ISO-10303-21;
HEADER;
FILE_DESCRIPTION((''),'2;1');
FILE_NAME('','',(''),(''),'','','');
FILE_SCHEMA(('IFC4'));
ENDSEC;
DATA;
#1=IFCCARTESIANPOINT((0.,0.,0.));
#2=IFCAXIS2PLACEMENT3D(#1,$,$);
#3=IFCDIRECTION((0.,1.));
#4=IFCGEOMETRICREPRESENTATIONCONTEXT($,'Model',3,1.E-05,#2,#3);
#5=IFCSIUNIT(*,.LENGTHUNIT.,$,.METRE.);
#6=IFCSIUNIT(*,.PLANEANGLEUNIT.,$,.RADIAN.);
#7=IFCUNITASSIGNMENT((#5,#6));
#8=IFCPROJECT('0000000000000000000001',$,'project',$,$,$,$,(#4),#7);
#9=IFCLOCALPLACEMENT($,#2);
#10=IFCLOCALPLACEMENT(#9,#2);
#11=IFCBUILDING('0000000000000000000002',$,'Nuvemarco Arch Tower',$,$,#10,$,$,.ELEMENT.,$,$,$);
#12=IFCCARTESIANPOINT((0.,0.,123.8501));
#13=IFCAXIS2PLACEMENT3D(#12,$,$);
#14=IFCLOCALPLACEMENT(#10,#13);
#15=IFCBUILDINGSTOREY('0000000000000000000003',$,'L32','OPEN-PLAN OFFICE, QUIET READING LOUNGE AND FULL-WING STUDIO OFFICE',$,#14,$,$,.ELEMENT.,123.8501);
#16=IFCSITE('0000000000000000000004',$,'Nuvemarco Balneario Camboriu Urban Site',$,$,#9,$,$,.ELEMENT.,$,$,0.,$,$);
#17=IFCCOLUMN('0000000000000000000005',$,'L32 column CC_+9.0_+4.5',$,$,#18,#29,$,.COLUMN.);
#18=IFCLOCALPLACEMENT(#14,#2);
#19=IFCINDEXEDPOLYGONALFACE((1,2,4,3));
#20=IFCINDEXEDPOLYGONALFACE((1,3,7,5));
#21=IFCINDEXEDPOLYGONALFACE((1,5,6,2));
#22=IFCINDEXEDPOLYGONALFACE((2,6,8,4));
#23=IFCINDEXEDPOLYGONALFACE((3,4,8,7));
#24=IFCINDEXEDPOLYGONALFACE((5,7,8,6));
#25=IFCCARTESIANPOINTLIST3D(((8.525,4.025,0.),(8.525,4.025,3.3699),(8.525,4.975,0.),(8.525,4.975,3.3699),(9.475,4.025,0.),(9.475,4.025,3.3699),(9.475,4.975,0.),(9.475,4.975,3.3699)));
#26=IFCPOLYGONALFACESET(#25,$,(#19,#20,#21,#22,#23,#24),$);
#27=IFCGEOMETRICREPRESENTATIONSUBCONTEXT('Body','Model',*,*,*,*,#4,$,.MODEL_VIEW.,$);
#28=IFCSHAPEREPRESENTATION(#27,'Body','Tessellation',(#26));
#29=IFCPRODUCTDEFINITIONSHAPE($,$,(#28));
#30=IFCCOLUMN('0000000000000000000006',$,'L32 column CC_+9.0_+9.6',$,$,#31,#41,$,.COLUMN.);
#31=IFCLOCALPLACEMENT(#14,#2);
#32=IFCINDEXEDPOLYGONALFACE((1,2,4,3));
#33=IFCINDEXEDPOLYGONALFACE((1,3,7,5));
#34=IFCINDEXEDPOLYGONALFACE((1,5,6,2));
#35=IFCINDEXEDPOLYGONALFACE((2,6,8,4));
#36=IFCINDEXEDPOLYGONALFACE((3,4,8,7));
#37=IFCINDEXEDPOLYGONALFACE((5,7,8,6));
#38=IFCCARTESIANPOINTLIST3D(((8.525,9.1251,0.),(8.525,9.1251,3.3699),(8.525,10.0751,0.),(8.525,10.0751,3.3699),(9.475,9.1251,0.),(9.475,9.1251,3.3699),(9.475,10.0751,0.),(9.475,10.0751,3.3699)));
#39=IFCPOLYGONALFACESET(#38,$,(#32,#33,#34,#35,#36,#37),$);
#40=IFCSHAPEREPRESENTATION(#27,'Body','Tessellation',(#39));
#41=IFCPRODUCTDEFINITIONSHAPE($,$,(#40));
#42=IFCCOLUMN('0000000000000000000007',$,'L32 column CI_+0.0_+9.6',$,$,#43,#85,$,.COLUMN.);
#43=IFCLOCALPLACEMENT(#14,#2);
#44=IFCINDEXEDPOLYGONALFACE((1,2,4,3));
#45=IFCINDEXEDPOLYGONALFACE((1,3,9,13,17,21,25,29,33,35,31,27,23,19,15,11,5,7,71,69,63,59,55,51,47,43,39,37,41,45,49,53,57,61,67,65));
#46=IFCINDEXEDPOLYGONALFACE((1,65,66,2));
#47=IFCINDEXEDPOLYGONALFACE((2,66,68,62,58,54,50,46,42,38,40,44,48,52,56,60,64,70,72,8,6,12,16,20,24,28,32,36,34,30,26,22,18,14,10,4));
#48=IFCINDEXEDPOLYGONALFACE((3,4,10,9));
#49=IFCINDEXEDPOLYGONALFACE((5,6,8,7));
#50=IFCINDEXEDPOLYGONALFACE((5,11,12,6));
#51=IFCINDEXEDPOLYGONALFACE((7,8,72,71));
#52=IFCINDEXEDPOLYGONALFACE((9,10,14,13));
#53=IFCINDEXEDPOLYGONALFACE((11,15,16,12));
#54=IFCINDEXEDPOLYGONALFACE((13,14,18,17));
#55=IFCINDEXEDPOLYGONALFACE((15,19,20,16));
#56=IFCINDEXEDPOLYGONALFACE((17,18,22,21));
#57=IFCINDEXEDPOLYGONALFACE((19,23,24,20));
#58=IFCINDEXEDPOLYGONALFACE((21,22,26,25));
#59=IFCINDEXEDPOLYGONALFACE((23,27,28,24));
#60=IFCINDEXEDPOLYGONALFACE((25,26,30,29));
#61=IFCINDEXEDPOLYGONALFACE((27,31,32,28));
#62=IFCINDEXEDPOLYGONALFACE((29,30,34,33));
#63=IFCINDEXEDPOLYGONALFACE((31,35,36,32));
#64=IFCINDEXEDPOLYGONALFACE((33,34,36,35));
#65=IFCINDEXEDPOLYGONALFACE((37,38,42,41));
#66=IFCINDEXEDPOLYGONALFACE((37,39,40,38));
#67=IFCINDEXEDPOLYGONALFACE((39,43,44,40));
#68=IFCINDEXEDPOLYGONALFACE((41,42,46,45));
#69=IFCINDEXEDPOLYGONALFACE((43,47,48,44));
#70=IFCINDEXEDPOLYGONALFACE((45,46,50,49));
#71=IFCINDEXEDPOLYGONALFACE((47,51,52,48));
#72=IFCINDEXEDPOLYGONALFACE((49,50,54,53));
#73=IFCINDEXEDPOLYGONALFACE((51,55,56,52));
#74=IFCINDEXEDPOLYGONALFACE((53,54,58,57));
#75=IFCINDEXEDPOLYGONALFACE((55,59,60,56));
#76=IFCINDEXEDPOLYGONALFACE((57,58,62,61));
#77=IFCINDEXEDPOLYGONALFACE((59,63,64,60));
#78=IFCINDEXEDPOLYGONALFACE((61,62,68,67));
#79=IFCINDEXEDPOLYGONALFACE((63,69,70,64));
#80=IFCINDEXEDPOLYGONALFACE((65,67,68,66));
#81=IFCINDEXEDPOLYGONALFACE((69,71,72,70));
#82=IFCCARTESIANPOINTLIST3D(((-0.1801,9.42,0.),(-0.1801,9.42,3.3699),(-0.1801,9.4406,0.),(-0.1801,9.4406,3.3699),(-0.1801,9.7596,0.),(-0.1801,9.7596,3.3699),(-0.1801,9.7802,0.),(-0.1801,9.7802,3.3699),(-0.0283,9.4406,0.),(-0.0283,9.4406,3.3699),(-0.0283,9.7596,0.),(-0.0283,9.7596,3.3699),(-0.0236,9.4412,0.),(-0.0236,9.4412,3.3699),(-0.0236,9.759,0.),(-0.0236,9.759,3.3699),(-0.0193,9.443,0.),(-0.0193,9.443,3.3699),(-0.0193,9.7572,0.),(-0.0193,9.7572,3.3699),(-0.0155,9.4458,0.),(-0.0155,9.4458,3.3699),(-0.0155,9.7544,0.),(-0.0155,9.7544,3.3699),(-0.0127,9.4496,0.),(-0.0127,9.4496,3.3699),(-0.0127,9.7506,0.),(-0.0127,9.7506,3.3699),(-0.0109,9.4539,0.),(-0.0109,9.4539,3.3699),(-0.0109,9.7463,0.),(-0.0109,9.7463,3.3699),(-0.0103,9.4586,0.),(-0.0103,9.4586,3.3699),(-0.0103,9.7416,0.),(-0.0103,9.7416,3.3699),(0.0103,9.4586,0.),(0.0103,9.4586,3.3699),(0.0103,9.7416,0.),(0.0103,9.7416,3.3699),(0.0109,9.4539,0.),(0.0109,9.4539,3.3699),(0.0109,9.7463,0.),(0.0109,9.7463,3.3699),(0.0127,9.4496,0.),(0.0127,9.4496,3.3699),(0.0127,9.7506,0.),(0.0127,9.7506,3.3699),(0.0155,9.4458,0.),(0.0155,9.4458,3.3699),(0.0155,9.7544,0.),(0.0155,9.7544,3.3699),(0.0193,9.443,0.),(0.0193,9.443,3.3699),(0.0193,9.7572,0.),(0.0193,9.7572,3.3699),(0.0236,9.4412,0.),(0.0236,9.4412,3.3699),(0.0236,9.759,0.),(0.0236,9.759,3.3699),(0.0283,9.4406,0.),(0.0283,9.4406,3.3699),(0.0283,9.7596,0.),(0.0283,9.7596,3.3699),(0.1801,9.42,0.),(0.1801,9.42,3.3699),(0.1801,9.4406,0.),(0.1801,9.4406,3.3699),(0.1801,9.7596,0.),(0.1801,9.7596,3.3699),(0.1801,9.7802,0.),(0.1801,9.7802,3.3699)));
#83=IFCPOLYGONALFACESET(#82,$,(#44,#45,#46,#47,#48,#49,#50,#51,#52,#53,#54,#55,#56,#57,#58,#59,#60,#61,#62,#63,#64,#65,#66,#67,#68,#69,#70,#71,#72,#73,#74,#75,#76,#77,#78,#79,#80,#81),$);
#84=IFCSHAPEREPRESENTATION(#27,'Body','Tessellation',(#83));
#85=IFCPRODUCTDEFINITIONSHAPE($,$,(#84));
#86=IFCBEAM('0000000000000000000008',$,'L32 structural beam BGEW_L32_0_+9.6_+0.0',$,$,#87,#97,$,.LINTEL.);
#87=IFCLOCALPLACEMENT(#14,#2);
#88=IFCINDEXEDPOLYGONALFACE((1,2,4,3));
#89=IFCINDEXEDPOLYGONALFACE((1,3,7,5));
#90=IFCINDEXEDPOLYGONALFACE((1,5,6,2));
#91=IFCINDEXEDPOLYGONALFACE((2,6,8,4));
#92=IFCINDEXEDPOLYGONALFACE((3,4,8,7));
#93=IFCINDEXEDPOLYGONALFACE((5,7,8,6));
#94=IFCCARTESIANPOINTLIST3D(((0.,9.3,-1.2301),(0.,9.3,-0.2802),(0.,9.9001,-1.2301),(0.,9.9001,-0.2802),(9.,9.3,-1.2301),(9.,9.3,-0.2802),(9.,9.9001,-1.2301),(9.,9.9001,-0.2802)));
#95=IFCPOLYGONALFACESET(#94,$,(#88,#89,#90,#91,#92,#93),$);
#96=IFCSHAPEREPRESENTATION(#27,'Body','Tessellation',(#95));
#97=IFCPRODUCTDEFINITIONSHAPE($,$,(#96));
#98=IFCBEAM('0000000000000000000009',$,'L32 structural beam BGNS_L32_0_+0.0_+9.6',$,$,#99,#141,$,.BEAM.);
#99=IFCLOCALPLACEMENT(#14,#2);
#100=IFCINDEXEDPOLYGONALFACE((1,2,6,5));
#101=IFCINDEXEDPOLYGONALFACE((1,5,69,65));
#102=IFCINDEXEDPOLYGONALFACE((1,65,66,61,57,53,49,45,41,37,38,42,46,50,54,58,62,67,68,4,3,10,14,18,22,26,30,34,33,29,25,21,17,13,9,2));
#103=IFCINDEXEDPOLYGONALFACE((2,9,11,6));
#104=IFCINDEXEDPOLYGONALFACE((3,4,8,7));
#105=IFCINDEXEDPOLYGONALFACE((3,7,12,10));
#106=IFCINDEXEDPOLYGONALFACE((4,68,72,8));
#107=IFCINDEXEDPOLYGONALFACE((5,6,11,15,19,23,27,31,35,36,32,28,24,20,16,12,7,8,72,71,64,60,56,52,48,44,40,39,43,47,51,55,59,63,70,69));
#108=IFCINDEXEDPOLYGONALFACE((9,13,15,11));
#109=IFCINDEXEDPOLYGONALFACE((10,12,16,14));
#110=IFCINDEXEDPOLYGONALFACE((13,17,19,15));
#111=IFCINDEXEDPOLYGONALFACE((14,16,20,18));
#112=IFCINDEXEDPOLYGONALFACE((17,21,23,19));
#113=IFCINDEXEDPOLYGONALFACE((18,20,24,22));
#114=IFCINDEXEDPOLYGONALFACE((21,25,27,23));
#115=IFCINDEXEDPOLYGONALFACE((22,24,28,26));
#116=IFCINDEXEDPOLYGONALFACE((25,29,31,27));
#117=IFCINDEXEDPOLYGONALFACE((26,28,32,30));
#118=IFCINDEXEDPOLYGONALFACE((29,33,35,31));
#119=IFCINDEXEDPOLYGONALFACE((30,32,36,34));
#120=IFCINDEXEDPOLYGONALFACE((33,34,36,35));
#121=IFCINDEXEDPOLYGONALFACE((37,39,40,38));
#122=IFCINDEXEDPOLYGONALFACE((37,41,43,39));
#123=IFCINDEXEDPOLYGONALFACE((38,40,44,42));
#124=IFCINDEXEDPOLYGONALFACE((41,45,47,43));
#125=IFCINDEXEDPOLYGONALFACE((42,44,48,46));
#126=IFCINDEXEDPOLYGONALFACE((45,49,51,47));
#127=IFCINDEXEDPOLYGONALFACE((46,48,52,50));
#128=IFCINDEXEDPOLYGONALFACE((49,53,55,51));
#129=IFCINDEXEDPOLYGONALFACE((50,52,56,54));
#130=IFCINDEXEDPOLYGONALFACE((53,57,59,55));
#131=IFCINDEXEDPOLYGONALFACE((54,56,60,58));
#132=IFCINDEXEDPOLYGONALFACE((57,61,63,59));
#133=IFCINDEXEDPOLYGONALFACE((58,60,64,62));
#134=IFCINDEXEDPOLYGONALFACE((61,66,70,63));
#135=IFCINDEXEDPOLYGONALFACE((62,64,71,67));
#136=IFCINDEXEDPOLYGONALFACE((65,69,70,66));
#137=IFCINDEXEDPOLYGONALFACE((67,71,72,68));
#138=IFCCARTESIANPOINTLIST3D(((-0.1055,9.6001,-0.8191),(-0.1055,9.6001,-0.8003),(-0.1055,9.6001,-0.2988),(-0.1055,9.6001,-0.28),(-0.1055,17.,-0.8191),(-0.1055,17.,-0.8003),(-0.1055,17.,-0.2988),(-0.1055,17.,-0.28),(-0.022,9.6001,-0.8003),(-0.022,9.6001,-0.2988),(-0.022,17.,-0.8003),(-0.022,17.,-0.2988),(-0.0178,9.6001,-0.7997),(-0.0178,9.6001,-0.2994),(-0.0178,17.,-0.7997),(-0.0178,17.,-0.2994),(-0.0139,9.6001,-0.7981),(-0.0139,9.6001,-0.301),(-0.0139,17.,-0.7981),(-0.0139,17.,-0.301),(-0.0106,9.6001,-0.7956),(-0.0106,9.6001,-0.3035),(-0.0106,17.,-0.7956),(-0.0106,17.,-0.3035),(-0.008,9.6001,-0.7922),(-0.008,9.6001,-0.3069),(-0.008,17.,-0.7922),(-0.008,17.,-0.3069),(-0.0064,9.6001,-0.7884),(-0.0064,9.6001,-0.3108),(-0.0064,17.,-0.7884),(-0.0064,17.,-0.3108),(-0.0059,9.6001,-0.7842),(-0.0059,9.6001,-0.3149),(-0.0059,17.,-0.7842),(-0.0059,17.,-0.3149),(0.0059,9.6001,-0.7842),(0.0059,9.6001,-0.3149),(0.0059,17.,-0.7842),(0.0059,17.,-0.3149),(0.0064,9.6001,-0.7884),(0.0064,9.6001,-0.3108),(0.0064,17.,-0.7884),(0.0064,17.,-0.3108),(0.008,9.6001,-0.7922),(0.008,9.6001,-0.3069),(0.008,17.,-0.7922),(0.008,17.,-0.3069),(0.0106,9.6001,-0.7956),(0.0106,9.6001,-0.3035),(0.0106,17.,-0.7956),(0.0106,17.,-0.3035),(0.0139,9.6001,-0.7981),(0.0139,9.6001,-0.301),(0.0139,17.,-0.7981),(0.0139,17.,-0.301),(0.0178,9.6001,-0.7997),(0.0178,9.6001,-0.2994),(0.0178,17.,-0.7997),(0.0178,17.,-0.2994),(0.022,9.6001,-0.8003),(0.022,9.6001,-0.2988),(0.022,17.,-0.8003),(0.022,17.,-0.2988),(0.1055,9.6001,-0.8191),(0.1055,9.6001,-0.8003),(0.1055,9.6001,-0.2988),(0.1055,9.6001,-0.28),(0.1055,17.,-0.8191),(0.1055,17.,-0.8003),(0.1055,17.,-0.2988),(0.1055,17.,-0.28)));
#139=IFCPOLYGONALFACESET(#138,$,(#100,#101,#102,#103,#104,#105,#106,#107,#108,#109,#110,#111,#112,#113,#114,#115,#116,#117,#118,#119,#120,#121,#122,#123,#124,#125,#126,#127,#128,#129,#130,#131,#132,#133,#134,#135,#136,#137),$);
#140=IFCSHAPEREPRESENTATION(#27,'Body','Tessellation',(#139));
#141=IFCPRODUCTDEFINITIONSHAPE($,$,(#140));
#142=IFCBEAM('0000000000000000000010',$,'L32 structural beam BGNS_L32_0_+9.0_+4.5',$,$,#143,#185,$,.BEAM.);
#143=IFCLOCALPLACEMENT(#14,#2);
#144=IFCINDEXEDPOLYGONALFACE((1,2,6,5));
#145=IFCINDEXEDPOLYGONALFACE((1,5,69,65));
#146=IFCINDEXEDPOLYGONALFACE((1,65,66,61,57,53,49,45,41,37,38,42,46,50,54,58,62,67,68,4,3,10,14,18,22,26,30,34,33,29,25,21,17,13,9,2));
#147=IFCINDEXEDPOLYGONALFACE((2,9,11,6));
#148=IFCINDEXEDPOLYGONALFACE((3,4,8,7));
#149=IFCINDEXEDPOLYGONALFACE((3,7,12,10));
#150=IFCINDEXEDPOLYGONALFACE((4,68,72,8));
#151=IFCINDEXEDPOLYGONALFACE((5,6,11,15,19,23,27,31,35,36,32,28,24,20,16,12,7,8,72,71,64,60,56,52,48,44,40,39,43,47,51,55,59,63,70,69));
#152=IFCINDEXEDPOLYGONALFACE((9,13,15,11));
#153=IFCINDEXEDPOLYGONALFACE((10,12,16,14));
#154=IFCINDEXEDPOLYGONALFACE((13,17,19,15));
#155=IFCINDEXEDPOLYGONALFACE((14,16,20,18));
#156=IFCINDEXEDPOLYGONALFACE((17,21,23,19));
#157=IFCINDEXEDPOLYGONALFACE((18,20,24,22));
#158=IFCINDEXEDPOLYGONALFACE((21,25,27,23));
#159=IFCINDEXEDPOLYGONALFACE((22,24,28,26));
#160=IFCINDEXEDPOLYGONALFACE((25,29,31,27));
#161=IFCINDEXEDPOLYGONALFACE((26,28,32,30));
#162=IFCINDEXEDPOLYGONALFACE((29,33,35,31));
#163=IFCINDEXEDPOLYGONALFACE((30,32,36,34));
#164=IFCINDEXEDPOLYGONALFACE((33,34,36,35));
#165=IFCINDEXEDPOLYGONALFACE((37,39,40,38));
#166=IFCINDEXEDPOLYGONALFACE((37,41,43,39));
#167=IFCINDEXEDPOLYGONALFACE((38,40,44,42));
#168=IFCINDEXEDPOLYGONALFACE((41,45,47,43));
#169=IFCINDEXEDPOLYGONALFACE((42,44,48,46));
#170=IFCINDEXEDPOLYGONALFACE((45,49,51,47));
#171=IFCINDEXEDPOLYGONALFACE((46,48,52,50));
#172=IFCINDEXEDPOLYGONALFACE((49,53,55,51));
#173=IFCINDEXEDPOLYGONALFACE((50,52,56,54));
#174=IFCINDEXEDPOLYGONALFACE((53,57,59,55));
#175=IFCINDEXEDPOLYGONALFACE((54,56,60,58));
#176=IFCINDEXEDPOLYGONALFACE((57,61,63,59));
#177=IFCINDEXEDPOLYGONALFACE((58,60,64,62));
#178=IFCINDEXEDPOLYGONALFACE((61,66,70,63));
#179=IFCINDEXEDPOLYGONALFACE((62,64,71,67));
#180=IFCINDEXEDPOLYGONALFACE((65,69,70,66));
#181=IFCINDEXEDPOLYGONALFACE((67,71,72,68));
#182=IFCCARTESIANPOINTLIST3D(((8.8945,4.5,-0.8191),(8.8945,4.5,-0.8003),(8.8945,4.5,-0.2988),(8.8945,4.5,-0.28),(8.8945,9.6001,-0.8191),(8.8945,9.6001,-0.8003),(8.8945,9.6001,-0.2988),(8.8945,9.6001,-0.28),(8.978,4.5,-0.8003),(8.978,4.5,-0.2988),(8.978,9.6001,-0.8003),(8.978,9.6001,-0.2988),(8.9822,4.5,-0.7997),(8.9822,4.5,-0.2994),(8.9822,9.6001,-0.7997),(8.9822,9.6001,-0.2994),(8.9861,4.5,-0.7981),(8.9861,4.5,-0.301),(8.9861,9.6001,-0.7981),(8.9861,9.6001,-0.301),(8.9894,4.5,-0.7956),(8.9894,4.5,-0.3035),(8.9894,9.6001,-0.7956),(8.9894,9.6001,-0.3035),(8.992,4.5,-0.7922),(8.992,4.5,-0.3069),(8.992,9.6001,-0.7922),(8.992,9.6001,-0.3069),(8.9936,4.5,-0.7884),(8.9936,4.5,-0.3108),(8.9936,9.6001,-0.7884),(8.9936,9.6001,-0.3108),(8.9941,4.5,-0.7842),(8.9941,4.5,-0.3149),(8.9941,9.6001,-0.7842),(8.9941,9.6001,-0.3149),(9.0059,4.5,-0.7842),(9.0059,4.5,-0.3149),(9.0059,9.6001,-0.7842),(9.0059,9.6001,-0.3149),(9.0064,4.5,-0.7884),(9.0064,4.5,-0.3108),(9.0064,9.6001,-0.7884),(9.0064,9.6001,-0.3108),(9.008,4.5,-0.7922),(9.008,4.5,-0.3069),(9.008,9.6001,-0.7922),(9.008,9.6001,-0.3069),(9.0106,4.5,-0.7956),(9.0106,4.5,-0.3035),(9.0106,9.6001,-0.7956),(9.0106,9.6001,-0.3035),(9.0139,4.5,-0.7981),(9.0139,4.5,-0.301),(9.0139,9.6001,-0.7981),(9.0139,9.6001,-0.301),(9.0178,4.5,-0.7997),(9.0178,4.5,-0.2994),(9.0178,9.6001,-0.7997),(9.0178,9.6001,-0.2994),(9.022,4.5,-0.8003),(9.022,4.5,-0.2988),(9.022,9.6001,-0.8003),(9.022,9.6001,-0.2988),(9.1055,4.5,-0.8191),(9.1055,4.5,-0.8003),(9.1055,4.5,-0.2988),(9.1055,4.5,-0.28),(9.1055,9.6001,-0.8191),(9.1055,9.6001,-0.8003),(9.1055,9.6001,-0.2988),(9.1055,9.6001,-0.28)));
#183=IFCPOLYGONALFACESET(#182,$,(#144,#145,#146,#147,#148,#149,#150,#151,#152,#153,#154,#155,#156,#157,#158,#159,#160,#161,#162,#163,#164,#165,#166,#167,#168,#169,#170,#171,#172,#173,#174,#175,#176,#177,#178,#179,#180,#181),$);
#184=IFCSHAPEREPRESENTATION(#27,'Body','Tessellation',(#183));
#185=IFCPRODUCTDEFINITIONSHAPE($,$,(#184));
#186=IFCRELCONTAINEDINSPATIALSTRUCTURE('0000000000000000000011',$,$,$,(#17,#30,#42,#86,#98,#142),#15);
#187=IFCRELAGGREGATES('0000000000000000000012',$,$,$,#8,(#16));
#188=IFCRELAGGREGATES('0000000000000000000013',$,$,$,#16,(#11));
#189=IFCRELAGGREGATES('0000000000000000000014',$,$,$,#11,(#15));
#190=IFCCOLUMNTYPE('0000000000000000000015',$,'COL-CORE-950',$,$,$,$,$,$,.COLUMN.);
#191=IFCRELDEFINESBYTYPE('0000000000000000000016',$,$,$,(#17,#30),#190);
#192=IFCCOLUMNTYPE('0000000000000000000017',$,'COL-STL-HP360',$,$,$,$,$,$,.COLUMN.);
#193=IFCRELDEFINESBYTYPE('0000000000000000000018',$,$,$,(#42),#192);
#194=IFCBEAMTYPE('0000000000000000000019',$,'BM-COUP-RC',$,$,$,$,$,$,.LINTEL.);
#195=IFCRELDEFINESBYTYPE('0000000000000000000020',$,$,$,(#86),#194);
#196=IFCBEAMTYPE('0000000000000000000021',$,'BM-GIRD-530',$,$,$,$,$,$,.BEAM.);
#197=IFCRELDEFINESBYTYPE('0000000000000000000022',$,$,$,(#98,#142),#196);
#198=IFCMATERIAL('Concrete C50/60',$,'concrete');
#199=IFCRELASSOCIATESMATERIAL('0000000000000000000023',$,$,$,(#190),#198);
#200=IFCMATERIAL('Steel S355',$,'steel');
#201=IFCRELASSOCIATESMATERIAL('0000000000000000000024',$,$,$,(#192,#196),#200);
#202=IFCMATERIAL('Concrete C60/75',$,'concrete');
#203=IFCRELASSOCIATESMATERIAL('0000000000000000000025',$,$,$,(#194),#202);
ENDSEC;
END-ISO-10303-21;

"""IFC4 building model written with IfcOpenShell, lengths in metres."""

from ifc_helpers import new_model, si_unit, direction, frame, origin, origin_2d, place, context, subcontext, project, spatial, rectangle, i_section, extrude, material, material_profile, profile_set, type_object, element, save


model = new_model("IFC4")

# Units and contexts
model_context = context("Model", 3, precision=1e-05, world=origin(), true_north=direction((0.0, 1.0)))
body_context = subcontext(model_context, "Body", "Model", "MODEL_VIEW")
ifc_project = project(units=[si_unit("LENGTHUNIT", "METRE"), si_unit("PLANEANGLEUNIT", "RADIAN")], contexts=[model_context])

# Site, building, storey
site_placement = place(None, origin())
site = spatial("IfcSite", under=ifc_project, at=site_placement, Name="Nuvemarco Balneario Camboriu Urban Site", CompositionType="ELEMENT", RefElevation=0.0)
building_placement = place(site_placement, origin())
building = spatial("IfcBuilding", under=site, at=building_placement, Name="Nuvemarco Arch Tower", CompositionType="ELEMENT")
storey_placement = place(building_placement, frame((0.0, 0.0, 123.8501)))
storey = spatial("IfcBuildingStorey", under=building, at=storey_placement, Name="L32", Description="OPEN-PLAN OFFICE, QUIET READING LOUNGE AND FULL-WING STUDIO OFFICE", CompositionType="ELEMENT", Elevation=123.8501)

# Columns
ifc_material_1 = material(Name="Concrete C50/60", Category="concrete")
ifc_material_profile_1 = material_profile(ifc_material_1, rectangle(XDim=0.95, YDim=0.95, at=origin_2d()), Name="RC-COL-950x950")
ifc_profile_set_1 = profile_set([ifc_material_profile_1], Name="Concrete C50/60")
column_type_1 = type_object("IfcColumnType", Name="COL-CORE-950", PredefinedType="COLUMN", material=ifc_profile_set_1)
for number, where, z_axis, x_axis, name in (
    (1, (9.0, 4.5, 0.0), (0.0, 0.0, 1.0), (1.0, 0.0, 0.0), "L32 column CC_+9.0_+4.5"),
    (2, (9.0, 9.6001, 0.0), (0.0, 0.0, 1.0), (1.0, 0.0, 0.0), "L32 column CC_+9.0_+9.6"),
):
    element("IfcColumn", number, at=place(storey_placement, frame(where, z_axis=z_axis, x_axis=x_axis)), inside=storey, type_object=column_type_1, Name=name, PredefinedType="COLUMN", context=body_context, shape_type="SweptSolid", body=[
        extrude(rectangle(XDim=0.95, YDim=0.95, at=origin_2d()), origin(), (0.0, 0.0, 1.0), 3.3699),
    ])
ifc_material_2 = material(Name="Steel S355", Category="steel")
ifc_material_profile_2 = material_profile(ifc_material_2, i_section(OverallWidth=0.3601, OverallDepth=0.3601, WebThickness=0.0205, FlangeThickness=0.0205, FilletRadius=0.0181, at=origin_2d()), Name="HP360x174")
ifc_profile_set_2 = profile_set([ifc_material_profile_2], Name="Steel S355")
column_type_2 = type_object("IfcColumnType", Name="COL-STL-HP360", PredefinedType="COLUMN", material=ifc_profile_set_2)
column_placement = place(storey_placement, frame((0.0, 9.6001, 0.0), z_axis=(0.0, 0.0, 1.0), x_axis=(1.0, 0.0, 0.0)))
element("IfcColumn", 3, at=column_placement, inside=storey, type_object=column_type_2, Name="L32 column CI_+0.0_+9.6", PredefinedType="COLUMN", context=body_context, shape_type="SweptSolid", body=[
    extrude(i_section(OverallWidth=0.3601, OverallDepth=0.3601, WebThickness=0.0205, FlangeThickness=0.0205, FilletRadius=0.0181, at=origin_2d()), origin(), (0.0, 0.0, 1.0), 3.3699),
])

# Beams
ifc_material_3 = material(Name="Concrete C60/75", Category="concrete")
ifc_material_profile_3 = material_profile(ifc_material_3, rectangle(XDim=0.6001, YDim=0.95, at=origin_2d()), Name="RC-BM-600x950")
ifc_profile_set_3 = profile_set([ifc_material_profile_3], Name="Concrete C60/75")
beam_type_1 = type_object("IfcBeamType", Name="BM-COUP-RC", PredefinedType="LINTEL", material=ifc_profile_set_3)
beam_1_placement = place(storey_placement, frame((0.0, 9.6001, -0.7551), z_axis=(1.0, 0.0, 0.0), x_axis=(0.0, 1.0, 0.0)))
element("IfcBeam", 4, at=beam_1_placement, inside=storey, type_object=beam_type_1, Name="L32 structural beam BGEW_L32_0_+9.6_+0.0", PredefinedType="LINTEL", context=body_context, shape_type="SweptSolid", body=[
    extrude(rectangle(XDim=0.6001, YDim=0.95, at=origin_2d()), origin(), (0.0, 0.0, 1.0), 9.0),
])
ifc_material_profile_4 = material_profile(ifc_material_2, i_section(OverallWidth=0.2109, OverallDepth=0.5391, WebThickness=0.0117, FlangeThickness=0.0188, FilletRadius=0.0161, at=origin_2d()), Name="W530x109")
ifc_profile_set_4 = profile_set([ifc_material_profile_4], Name="Steel S355")
beam_type_2 = type_object("IfcBeamType", Name="BM-GIRD-530", PredefinedType="BEAM", material=ifc_profile_set_4)
beam_2_placement = place(storey_placement, frame((0.0, 9.6001, -0.5496), z_axis=(0.0, 1.0, 0.0), x_axis=(-1.0, 0.0, 0.0)))
element("IfcBeam", 5, at=beam_2_placement, inside=storey, type_object=beam_type_2, Name="L32 structural beam BGNS_L32_0_+0.0_+9.6", PredefinedType="BEAM", context=body_context, shape_type="SweptSolid", body=[
    extrude(i_section(OverallWidth=0.2109, OverallDepth=0.5391, WebThickness=0.0117, FlangeThickness=0.0188, FilletRadius=0.0161, at=origin_2d()), origin(), (0.0, 0.0, 1.0), 7.3999),
])
beam_3_placement = place(storey_placement, frame((9.0, 4.5, -0.5496), z_axis=(0.0, 1.0, 0.0), x_axis=(-1.0, 0.0, 0.0)))
element("IfcBeam", 6, at=beam_3_placement, inside=storey, type_object=beam_type_2, Name="L32 structural beam BGNS_L32_0_+9.0_+4.5", PredefinedType="BEAM", context=body_context, shape_type="SweptSolid", body=[
    extrude(i_section(OverallWidth=0.2109, OverallDepth=0.5391, WebThickness=0.0117, FlangeThickness=0.0188, FilletRadius=0.0161, at=origin_2d()), origin(), (0.0, 0.0, 1.0), 5.1001),
])

save(model, "model.ifc")
